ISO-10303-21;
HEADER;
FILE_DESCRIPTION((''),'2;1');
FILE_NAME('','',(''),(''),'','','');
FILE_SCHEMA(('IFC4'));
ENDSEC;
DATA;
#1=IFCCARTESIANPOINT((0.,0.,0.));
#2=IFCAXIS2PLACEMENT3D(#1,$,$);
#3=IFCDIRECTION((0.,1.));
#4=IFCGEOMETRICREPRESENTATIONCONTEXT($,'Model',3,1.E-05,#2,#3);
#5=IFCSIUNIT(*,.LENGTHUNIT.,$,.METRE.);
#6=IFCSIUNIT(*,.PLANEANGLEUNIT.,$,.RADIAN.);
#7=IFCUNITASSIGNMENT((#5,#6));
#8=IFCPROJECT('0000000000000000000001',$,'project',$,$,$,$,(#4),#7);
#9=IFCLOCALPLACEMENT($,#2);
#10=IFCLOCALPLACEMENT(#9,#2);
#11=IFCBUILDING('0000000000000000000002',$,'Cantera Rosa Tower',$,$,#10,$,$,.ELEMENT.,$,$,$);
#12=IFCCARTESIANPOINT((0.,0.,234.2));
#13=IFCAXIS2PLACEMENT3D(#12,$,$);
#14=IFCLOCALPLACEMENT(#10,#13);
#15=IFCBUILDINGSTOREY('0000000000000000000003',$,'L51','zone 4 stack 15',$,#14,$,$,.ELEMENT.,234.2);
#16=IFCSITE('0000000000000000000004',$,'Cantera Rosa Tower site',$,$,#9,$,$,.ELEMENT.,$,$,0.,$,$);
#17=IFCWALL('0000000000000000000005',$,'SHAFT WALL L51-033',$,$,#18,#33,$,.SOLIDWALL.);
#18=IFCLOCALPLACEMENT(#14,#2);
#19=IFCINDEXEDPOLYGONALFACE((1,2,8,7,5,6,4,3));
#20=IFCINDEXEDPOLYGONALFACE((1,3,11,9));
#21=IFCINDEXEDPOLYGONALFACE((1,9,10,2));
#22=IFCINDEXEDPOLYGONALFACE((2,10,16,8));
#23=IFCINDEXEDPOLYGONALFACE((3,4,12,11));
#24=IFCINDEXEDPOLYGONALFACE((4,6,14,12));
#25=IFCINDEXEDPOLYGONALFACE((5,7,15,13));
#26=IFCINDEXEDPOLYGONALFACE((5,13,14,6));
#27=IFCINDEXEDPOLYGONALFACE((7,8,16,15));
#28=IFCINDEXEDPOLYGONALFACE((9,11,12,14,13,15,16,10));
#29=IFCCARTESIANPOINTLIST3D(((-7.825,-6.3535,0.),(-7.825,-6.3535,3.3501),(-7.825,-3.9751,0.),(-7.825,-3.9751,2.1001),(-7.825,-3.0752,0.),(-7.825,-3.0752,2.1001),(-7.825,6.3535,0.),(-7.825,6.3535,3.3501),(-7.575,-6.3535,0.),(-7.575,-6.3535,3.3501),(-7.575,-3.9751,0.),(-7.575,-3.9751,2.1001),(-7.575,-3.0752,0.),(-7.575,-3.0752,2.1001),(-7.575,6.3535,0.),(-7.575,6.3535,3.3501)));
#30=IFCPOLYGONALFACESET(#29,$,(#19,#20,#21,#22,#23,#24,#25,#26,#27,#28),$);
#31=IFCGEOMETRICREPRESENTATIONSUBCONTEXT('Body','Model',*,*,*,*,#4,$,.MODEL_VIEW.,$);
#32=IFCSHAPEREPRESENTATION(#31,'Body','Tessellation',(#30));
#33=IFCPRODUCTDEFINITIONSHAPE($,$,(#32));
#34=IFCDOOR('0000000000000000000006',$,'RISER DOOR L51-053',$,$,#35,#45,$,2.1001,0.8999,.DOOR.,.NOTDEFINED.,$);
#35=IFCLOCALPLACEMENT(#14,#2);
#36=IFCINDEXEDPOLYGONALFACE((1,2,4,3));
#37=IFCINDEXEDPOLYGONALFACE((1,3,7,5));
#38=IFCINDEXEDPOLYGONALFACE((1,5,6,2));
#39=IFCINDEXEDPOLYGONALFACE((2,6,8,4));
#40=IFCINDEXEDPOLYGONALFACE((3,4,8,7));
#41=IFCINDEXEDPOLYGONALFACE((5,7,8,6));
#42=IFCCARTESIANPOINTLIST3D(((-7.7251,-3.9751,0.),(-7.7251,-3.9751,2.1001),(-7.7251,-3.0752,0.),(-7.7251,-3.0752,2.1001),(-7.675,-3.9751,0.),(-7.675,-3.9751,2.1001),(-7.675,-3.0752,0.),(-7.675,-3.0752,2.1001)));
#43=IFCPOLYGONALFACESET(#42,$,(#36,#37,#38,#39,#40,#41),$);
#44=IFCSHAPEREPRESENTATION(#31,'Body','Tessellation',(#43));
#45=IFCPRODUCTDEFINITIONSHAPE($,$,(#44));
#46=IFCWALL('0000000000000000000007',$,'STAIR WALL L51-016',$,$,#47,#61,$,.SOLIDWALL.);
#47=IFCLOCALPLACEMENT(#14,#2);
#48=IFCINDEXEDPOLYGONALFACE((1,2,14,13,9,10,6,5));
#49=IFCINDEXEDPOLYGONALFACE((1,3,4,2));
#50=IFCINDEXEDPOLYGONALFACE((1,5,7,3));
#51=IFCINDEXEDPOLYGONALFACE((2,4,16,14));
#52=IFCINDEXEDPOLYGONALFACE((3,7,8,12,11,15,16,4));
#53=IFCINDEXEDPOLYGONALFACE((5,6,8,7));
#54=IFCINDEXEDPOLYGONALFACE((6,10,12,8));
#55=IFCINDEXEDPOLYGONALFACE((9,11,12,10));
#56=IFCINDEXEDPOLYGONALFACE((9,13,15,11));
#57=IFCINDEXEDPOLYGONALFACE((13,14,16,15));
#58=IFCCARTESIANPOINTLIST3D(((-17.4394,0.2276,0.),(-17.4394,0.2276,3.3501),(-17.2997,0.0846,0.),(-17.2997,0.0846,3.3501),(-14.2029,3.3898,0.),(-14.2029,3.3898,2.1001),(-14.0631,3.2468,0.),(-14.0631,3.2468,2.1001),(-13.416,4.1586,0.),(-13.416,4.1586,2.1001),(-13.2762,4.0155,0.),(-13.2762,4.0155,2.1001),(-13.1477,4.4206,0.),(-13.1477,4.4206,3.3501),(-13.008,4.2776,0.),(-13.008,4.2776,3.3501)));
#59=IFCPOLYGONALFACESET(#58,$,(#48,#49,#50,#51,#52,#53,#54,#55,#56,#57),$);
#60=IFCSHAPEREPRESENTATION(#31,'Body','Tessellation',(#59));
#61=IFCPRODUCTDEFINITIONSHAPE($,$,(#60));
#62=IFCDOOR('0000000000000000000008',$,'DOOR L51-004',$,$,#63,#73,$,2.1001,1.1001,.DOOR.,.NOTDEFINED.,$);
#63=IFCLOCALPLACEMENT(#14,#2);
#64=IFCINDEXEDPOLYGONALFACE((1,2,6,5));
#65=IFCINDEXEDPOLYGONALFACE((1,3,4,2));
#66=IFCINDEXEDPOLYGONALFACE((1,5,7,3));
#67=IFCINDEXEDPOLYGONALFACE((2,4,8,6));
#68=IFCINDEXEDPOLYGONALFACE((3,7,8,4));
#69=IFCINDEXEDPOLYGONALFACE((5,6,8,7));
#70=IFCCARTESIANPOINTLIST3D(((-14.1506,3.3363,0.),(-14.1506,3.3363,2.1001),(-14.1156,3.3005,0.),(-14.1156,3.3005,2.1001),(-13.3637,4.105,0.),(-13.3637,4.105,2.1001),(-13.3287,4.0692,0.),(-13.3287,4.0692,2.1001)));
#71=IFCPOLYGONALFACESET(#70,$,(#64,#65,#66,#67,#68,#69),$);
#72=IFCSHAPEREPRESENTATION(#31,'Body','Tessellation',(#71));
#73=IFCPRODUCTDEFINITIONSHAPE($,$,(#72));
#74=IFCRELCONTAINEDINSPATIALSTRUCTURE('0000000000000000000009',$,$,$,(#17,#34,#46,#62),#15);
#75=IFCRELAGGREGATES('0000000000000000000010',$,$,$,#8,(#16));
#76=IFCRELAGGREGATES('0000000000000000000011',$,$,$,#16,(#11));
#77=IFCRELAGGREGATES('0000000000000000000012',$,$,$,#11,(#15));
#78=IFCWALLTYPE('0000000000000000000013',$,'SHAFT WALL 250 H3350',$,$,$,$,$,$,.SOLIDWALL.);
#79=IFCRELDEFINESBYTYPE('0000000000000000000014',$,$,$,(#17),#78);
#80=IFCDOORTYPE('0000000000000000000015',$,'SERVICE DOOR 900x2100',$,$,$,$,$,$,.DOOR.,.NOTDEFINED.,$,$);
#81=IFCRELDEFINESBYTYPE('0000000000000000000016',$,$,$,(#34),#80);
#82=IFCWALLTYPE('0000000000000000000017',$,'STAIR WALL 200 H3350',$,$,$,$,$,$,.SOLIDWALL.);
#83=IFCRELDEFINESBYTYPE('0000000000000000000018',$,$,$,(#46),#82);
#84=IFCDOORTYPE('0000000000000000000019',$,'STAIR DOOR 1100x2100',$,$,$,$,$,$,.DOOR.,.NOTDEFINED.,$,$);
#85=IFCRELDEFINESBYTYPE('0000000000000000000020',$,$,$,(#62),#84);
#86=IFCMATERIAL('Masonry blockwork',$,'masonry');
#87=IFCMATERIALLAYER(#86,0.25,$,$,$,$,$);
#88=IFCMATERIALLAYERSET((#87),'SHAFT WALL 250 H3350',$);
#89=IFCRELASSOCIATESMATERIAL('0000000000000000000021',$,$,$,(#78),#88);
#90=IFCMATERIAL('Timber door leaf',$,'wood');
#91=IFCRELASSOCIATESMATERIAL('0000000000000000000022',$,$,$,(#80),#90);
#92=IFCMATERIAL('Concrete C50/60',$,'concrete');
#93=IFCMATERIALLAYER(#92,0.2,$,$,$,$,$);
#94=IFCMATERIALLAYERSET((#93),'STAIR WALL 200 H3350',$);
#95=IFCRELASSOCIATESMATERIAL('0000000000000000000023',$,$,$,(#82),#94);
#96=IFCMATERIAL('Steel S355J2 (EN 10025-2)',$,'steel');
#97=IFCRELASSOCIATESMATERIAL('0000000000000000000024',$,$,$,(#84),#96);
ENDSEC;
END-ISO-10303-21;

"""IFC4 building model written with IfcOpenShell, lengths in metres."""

from ifc_helpers import new_model, si_unit, direction, frame, frame_2d, origin, place, context, subcontext, project, spatial, rectangle, extrude, material, layer, layer_set, type_object, element, fill, save


model = new_model("IFC4")

# Units and contexts
model_context = context("Model", 3, precision=1e-05, world=origin(), true_north=direction((0.0, 1.0)))
body_context = subcontext(model_context, "Body", "Model", "MODEL_VIEW")
ifc_project = project(units=[si_unit("LENGTHUNIT", "METRE"), si_unit("PLANEANGLEUNIT", "RADIAN")], contexts=[model_context])

# Site, building, storey
site_placement = place(None, origin())
site = spatial("IfcSite", under=ifc_project, at=site_placement, Name="Cantera Rosa Tower site", CompositionType="ELEMENT", RefElevation=0.0)
building_placement = place(site_placement, origin())
building = spatial("IfcBuilding", under=site, at=building_placement, Name="Cantera Rosa Tower", CompositionType="ELEMENT")
storey_placement = place(building_placement, frame((0.0, 0.0, 234.2)))
storey = spatial("IfcBuildingStorey", under=building, at=storey_placement, Name="L51", Description="zone 4 stack 15", CompositionType="ELEMENT", Elevation=234.2)

# Shared definitions
ifc_material_1 = material(Name="Masonry blockwork", Category="masonry")
ifc_layer_1 = layer(ifc_material_1, 0.25)
ifc_layer_set_1 = layer_set([ifc_layer_1], Name="SHAFT WALL 250 H3350")
wall_type_1 = type_object("IfcWallType", Name="SHAFT WALL 250 H3350", PredefinedType="SOLIDWALL", material=ifc_layer_set_1)

# Walls, openings, doors
wall_1_placement = place(storey_placement, frame((-7.7, 6.3535, 0.0), z_axis=(0.0, 0.0, 1.0), x_axis=(0.0, -1.0, 0.0)))
wall_1 = element("IfcWall", 1, at=wall_1_placement, inside=storey, type_object=wall_type_1, Name="SHAFT WALL L51-033", PredefinedType="SOLIDWALL", context=body_context, shape_type="SweptSolid", body=[
    extrude(rectangle(XDim=12.707, YDim=0.25, at=frame_2d((6.3535, 0.0))), origin(), (0.0, 0.0, 1.0), 3.3501),
])
opening_1_placement = place(wall_1_placement, frame((9.4287, 0.0, 0.0)))
opening_1 = element("IfcOpeningElement", 2, at=opening_1_placement, cuts=wall_1, PredefinedType="OPENING", context=body_context, shape_type="SweptSolid", body=[
    extrude(rectangle(XDim=0.8999, YDim=2.1001, at=frame_2d((0.45, 1.05))), frame((0.0, 0.135, 0.0), z_axis=(0.0, -1.0, 0.0), x_axis=(1.0, 0.0, 0.0)), (0.0, 0.0, 1.0), 0.27),
])
ifc_material_2 = material(Name="Timber door leaf", Category="wood")
door_type_1 = type_object("IfcDoorType", Name="SERVICE DOOR 900x2100", OperationType="NOTDEFINED", PredefinedType="DOOR", material=ifc_material_2)
door_1_placement = place(opening_1_placement, origin())
door_1 = element("IfcDoor", 3, at=door_1_placement, inside=storey, type_object=door_type_1, Name="RISER DOOR L51-053", OperationType="NOTDEFINED", OverallHeight=2.1001, OverallWidth=0.8999, PredefinedType="DOOR", context=body_context, shape_type="SweptSolid", body=[
    extrude(rectangle(XDim=0.8999, YDim=2.1001, at=frame_2d((0.45, 1.05))), frame((0.0, 0.0249, 0.0), z_axis=(0.0, -1.0, 0.0), x_axis=(1.0, 0.0, 0.0)), (0.0, 0.0, 1.0), 0.05),
])
fill(opening_1, door_1)
ifc_material_3 = material(Name="Concrete C50/60", Category="concrete")
ifc_layer_2 = layer(ifc_material_3, 0.2)
ifc_layer_set_2 = layer_set([ifc_layer_2], Name="STAIR WALL 200 H3350")
wall_type_2 = type_object("IfcWallType", Name="STAIR WALL 200 H3350", PredefinedType="SOLIDWALL", material=ifc_layer_set_2)
wall_2_placement = place(storey_placement, frame((-13.0779, 4.3491, 0.0), z_axis=(0.0, 0.0, 1.0), x_axis=(-0.715278, -0.69884, 0.0)))
wall_2 = element("IfcWall", 4, at=wall_2_placement, inside=storey, type_object=wall_type_2, Name="STAIR WALL L51-016", PredefinedType="SOLIDWALL", context=body_context, shape_type="SweptSolid", body=[
    extrude(rectangle(XDim=6.0, YDim=0.2, at=frame_2d((3.0, 0.0))), origin(), (0.0, 0.0, 1.0), 3.3501),
])
opening_2_placement = place(wall_2_placement, frame((0.375, 0.0, 0.0)))
opening_2 = element("IfcOpeningElement", 5, at=opening_2_placement, cuts=wall_2, PredefinedType="OPENING", context=body_context, shape_type="SweptSolid", body=[
    extrude(rectangle(XDim=1.1001, YDim=2.1001, at=frame_2d((0.55, 1.05))), frame((0.0, 0.1099, 0.0), z_axis=(0.0, -1.0, 0.0), x_axis=(1.0, 0.0, 0.0)), (0.0, 0.0, 1.0), 0.22),
])
ifc_material_4 = material(Name="Steel S355J2 (EN 10025-2)", Category="steel")
door_type_2 = type_object("IfcDoorType", Name="STAIR DOOR 1100x2100", OperationType="NOTDEFINED", PredefinedType="DOOR", material=ifc_material_4)
door_2_placement = place(opening_2_placement, origin())
door_2 = element("IfcDoor", 6, at=door_2_placement, inside=storey, type_object=door_type_2, Name="DOOR L51-004", OperationType="NOTDEFINED", OverallHeight=2.1001, OverallWidth=1.1001, PredefinedType="DOOR", context=body_context, shape_type="SweptSolid", body=[
    extrude(rectangle(XDim=1.1001, YDim=2.1001, at=frame_2d((0.55, 1.05))), frame((0.0, 0.0249, 0.0), z_axis=(0.0, -1.0, 0.0), x_axis=(1.0, 0.0, 0.0)), (0.0, 0.0, 1.0), 0.05),
])
fill(opening_2, door_2)

save(model, "model.ifc")
